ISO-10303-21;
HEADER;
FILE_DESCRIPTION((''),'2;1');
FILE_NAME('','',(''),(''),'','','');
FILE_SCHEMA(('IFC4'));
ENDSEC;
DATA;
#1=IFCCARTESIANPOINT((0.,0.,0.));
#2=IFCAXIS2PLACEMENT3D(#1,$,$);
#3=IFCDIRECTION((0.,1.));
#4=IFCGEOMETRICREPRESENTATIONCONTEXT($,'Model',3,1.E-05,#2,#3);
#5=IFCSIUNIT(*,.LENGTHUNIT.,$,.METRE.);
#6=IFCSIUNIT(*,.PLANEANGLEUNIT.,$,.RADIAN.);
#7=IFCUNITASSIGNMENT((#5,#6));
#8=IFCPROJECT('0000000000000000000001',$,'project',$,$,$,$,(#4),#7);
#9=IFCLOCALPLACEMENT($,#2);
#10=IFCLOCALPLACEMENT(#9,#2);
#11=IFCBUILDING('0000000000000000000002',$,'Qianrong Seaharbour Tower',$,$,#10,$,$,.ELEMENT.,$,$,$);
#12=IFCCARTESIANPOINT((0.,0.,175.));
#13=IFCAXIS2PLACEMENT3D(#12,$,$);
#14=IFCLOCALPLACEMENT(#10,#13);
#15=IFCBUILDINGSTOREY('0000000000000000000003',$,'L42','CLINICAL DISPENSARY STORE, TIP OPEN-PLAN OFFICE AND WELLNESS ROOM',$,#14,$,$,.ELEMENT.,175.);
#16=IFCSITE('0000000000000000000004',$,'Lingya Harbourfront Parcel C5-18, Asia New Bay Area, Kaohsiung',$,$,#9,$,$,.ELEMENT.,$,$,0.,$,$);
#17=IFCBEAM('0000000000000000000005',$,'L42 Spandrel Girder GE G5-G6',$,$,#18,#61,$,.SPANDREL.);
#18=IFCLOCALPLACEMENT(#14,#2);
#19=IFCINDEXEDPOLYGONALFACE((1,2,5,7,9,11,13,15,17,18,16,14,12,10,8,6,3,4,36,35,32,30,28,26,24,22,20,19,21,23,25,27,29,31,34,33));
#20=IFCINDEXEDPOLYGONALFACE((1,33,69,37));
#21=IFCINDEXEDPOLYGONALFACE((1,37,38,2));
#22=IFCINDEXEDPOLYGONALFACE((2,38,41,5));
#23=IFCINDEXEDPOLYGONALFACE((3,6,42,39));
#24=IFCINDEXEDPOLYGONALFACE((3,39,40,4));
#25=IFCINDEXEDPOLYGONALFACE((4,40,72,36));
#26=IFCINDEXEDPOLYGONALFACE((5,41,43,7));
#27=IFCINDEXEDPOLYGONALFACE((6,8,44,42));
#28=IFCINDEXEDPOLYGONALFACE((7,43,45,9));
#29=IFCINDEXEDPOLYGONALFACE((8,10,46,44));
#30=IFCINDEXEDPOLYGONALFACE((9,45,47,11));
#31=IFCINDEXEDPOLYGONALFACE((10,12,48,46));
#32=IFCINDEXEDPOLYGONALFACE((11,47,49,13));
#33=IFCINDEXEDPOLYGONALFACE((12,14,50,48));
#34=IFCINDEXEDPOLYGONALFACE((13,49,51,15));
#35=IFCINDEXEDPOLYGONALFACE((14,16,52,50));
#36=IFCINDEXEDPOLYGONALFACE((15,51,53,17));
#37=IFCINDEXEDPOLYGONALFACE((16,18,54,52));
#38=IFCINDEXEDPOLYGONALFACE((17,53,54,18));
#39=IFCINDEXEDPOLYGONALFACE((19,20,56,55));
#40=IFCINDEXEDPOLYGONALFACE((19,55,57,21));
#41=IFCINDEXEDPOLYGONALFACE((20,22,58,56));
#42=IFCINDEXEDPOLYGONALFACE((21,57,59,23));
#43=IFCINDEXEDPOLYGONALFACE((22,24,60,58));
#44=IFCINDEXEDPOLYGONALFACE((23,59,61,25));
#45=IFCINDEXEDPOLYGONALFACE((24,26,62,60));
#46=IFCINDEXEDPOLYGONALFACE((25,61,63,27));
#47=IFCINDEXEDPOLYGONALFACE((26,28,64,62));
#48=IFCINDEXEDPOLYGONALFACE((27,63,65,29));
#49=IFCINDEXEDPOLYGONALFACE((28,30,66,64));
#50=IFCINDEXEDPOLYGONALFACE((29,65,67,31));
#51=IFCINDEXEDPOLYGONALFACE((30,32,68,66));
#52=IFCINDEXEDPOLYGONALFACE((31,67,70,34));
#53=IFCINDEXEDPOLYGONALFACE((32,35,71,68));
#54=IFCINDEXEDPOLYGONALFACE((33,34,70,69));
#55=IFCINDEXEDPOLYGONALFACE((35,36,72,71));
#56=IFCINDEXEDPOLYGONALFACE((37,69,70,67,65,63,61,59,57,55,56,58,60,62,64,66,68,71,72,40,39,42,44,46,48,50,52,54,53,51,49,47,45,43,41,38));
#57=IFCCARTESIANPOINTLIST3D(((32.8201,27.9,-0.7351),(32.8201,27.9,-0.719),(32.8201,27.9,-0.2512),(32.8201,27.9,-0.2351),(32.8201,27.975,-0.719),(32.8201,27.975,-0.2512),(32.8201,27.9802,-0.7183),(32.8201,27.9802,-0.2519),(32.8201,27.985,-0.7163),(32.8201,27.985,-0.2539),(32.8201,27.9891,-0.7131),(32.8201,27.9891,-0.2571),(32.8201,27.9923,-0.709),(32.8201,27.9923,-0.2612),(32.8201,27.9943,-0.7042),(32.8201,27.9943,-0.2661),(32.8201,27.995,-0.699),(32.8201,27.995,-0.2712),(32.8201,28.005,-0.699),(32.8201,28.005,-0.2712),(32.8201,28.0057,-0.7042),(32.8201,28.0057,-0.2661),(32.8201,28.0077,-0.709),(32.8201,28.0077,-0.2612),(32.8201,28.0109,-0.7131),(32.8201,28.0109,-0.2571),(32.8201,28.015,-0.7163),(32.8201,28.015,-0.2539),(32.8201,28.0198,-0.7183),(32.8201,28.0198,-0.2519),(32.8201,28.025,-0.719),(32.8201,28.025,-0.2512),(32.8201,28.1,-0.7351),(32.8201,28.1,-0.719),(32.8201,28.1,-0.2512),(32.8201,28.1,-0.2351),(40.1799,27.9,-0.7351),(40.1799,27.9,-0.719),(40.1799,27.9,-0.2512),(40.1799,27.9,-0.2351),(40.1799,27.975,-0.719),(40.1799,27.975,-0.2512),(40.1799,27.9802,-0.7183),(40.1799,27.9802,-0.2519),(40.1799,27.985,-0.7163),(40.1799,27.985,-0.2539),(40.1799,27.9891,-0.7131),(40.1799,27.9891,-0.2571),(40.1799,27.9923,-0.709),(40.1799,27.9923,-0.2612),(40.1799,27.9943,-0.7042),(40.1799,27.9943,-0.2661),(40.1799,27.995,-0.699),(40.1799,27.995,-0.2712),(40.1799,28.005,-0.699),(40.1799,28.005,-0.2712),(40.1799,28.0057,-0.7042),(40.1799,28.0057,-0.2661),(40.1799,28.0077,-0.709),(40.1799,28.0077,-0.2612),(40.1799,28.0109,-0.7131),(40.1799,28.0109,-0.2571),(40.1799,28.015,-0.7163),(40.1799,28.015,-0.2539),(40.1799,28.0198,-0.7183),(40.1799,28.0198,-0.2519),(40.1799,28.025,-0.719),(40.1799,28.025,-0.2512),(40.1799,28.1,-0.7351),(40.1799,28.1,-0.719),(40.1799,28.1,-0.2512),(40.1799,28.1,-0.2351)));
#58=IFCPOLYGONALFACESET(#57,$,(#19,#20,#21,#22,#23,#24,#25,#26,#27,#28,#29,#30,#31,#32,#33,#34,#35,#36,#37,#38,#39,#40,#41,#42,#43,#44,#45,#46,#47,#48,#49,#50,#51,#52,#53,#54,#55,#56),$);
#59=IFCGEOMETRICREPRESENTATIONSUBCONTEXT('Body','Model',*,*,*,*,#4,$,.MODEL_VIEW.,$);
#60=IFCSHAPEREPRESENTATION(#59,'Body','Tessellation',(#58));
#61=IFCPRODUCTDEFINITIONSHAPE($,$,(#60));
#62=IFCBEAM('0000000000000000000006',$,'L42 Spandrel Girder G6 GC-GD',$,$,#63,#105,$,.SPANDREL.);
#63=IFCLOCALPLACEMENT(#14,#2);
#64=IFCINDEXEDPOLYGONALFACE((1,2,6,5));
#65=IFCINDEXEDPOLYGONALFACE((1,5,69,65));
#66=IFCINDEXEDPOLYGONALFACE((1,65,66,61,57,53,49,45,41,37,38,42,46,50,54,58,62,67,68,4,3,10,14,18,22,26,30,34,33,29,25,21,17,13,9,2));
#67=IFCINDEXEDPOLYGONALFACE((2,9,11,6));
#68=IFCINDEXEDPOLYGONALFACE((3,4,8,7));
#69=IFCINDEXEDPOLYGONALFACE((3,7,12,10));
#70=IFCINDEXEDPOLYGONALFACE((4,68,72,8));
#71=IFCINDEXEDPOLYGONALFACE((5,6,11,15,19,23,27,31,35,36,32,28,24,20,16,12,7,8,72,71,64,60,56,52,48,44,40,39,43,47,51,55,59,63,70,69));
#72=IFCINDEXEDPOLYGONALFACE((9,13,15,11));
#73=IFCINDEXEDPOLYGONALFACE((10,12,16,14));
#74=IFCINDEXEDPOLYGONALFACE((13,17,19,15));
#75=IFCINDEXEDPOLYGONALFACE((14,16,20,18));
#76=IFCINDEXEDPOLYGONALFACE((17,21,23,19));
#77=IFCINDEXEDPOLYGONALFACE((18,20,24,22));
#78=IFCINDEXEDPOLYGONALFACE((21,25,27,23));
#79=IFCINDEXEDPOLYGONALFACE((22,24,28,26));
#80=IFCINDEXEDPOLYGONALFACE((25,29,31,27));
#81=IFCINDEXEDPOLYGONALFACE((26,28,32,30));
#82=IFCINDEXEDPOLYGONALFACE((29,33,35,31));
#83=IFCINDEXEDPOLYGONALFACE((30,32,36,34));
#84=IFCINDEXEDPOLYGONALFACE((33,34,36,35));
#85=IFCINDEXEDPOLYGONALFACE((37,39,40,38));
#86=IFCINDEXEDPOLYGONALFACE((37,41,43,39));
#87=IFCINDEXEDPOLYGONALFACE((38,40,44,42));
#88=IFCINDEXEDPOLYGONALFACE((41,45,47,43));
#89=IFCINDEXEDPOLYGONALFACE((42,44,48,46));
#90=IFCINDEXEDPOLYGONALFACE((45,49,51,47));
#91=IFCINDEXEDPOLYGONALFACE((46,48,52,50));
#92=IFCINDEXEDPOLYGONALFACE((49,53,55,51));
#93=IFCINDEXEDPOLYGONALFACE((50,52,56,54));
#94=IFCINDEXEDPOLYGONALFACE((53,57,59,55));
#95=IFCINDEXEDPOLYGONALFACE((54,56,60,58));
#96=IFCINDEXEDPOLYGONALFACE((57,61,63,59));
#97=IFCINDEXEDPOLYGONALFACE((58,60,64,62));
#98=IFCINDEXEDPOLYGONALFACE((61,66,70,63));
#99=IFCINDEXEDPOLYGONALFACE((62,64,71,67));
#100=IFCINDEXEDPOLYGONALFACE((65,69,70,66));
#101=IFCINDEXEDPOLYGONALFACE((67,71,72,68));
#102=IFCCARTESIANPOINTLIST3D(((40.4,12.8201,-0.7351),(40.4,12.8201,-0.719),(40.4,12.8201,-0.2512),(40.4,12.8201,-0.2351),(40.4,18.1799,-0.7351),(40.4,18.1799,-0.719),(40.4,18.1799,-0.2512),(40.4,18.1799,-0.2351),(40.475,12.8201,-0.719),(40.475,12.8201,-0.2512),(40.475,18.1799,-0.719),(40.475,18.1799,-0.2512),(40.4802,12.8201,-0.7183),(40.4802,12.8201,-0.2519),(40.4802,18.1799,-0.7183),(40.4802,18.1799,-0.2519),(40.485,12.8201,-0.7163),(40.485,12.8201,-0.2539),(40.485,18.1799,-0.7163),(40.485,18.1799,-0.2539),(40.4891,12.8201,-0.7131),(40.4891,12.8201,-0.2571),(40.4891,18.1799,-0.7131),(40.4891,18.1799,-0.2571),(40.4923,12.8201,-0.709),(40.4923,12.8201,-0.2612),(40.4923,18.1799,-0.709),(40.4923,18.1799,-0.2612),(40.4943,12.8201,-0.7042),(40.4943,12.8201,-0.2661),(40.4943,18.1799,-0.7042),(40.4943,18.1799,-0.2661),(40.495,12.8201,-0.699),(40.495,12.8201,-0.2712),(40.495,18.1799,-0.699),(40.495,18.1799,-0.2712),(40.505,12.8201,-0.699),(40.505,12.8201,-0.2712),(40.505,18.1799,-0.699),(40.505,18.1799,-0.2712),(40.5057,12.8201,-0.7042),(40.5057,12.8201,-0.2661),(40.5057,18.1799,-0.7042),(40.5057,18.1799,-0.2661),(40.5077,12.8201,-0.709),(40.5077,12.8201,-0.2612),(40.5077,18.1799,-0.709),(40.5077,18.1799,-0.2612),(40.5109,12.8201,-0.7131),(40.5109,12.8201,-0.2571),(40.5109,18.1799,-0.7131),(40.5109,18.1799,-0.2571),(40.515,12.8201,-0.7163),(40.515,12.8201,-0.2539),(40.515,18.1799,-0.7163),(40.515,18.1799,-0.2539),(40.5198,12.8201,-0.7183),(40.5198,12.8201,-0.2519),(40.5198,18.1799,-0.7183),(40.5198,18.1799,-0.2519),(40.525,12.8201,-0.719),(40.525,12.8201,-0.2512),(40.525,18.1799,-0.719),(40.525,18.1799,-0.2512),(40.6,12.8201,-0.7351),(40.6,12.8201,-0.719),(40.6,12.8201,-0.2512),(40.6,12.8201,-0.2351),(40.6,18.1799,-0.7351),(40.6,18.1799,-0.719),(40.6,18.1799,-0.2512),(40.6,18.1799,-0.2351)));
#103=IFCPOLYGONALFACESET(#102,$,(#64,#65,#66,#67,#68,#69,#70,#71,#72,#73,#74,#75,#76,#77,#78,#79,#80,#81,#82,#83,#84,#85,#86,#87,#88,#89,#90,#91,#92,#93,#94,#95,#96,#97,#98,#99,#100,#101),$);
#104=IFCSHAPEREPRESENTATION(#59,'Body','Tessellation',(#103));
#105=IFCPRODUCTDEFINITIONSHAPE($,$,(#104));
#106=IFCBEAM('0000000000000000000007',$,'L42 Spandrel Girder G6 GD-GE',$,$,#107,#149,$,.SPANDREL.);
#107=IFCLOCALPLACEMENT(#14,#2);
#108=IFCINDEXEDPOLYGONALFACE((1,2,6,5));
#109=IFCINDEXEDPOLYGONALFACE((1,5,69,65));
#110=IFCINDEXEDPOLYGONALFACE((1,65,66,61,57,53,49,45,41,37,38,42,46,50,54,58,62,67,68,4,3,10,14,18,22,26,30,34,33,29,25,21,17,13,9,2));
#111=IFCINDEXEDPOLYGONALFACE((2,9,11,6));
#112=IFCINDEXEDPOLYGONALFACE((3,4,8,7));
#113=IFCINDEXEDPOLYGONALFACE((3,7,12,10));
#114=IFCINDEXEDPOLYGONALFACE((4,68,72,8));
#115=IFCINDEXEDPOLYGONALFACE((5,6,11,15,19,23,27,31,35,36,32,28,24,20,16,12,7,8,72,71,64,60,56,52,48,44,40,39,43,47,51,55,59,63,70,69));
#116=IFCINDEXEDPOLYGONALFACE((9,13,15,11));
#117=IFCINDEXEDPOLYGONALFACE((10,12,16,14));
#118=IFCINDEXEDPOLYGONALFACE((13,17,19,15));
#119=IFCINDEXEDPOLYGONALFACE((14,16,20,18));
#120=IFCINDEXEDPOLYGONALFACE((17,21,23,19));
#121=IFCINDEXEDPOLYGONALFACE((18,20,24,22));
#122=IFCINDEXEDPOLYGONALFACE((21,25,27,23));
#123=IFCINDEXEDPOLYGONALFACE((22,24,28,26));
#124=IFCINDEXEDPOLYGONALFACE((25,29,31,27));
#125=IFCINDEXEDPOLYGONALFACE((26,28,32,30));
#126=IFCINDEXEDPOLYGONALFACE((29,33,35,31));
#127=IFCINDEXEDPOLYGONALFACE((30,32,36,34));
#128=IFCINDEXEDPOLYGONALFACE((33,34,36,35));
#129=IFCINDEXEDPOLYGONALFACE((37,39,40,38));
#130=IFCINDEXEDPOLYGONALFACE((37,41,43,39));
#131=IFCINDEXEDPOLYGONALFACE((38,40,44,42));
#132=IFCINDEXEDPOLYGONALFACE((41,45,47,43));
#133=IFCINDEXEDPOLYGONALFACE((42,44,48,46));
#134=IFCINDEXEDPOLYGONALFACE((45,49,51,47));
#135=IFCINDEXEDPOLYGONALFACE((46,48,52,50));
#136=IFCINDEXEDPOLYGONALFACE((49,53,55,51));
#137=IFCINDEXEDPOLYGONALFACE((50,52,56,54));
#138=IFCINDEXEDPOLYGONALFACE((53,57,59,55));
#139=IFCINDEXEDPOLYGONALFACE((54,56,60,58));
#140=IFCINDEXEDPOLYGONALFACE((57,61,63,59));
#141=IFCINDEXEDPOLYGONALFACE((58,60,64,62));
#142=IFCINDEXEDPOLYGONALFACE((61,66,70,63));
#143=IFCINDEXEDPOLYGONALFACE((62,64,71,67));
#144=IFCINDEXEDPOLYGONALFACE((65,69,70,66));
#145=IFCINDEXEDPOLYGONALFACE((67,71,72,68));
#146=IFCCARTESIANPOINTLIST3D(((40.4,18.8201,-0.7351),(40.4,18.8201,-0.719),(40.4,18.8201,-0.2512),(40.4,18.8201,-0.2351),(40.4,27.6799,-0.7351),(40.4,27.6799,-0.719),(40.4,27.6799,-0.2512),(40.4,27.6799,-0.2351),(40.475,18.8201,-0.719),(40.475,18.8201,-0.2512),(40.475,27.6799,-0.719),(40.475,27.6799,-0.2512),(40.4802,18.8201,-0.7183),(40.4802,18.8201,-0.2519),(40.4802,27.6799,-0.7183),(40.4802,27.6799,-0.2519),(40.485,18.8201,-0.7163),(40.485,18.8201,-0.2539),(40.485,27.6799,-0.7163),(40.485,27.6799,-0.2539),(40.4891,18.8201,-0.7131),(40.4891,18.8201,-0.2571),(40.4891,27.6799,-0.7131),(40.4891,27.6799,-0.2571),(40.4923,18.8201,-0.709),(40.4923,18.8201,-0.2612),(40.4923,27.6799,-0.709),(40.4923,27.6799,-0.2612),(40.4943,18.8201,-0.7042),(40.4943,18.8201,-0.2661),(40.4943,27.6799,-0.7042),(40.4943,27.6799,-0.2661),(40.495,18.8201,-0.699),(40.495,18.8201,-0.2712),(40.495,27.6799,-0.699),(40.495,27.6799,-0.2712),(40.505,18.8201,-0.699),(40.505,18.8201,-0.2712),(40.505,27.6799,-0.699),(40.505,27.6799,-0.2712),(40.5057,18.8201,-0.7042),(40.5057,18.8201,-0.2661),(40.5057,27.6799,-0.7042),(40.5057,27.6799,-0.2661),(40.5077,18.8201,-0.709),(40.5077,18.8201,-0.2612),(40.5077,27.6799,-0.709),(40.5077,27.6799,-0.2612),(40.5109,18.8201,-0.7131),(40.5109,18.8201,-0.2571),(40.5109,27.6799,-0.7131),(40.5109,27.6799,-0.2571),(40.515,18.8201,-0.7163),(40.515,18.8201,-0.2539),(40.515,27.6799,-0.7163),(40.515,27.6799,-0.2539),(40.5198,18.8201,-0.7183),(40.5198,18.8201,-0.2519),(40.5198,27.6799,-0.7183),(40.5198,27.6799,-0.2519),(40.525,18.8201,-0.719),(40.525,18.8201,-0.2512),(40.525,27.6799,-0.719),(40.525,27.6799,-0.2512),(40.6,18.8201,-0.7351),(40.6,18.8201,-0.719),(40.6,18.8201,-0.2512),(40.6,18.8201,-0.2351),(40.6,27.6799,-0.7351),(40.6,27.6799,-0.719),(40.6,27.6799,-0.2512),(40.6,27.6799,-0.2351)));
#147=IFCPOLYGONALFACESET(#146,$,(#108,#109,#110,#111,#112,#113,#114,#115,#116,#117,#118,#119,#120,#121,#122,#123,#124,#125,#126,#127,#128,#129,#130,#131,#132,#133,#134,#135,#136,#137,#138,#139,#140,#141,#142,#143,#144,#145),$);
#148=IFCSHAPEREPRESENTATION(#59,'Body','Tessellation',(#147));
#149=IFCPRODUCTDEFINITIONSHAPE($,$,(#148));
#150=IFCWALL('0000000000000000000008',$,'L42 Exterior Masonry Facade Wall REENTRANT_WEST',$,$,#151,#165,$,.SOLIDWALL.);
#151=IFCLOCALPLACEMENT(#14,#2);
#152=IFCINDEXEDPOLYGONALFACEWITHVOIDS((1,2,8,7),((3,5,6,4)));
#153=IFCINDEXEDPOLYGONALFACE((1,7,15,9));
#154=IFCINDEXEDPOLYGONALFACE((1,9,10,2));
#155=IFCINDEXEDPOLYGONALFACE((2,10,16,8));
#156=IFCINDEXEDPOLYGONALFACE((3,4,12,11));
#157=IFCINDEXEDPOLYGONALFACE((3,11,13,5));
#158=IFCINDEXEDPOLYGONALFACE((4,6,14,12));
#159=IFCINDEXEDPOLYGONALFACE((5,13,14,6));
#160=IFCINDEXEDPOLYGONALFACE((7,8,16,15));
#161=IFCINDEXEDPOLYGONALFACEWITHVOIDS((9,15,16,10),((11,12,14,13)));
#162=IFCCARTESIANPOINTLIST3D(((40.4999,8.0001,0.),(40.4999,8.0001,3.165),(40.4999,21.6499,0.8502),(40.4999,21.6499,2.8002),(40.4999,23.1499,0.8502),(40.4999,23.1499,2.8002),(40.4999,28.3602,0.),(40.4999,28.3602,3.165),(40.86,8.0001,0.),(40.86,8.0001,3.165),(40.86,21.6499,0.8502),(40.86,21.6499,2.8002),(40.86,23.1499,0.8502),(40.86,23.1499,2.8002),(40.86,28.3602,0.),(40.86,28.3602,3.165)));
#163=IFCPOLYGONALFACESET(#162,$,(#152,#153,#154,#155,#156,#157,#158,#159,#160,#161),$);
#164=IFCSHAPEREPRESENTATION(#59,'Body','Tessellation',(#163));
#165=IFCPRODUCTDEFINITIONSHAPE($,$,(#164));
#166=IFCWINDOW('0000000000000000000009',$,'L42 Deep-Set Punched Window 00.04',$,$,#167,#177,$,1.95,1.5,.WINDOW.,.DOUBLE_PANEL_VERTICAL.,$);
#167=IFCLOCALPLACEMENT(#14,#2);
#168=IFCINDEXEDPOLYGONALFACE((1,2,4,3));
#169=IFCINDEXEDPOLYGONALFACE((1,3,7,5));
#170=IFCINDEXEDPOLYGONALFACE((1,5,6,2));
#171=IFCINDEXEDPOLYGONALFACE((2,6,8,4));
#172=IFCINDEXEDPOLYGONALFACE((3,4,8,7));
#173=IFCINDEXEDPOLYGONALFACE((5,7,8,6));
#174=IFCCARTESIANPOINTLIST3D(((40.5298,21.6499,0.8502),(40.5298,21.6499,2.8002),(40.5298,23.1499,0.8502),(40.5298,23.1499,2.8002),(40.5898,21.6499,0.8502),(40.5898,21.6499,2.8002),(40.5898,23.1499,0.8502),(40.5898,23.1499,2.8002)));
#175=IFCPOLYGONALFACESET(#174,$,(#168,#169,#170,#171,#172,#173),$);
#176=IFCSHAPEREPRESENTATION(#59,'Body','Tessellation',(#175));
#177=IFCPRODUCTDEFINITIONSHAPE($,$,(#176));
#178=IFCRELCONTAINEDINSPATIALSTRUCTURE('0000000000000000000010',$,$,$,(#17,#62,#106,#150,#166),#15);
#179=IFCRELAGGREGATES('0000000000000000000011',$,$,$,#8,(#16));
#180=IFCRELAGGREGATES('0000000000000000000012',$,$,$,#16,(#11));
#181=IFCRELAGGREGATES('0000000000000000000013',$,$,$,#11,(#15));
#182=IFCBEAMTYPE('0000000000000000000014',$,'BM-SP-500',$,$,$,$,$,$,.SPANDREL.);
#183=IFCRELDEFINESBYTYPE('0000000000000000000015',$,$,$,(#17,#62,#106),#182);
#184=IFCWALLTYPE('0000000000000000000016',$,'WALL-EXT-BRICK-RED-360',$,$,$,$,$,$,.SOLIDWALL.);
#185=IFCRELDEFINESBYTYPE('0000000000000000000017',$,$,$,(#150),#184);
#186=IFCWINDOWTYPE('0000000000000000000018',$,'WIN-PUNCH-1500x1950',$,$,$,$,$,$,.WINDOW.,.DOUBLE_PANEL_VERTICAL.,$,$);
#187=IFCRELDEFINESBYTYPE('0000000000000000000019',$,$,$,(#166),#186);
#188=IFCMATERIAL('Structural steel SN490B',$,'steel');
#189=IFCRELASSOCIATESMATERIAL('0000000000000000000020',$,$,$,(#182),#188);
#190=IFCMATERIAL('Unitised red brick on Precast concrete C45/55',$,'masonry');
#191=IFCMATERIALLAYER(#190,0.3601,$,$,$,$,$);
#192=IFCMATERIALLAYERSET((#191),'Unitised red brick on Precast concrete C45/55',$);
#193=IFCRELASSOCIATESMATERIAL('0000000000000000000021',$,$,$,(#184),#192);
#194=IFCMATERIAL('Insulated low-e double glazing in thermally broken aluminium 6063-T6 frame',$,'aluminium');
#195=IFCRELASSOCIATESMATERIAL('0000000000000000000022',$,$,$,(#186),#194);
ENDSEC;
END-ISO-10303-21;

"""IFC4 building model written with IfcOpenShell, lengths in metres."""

from ifc_helpers import new_model, si_unit, direction, frame, frame_2d, origin, origin_2d, place, context, subcontext, project, spatial, rectangle, i_section, extrude, material, layer, layer_set, material_profile, profile_set, type_object, element, fill, save


model = new_model("IFC4")

# Units and contexts
model_context = context("Model", 3, precision=1e-05, world=origin(), true_north=direction((0.0, 1.0)))
body_context = subcontext(model_context, "Body", "Model", "MODEL_VIEW")
ifc_project = project(units=[si_unit("LENGTHUNIT", "METRE"), si_unit("PLANEANGLEUNIT", "RADIAN")], contexts=[model_context])

# Site, building, storey
site_placement = place(None, origin())
site = spatial("IfcSite", under=ifc_project, at=site_placement, Name="Lingya Harbourfront Parcel C5-18, Asia New Bay Area, Kaohsiung", CompositionType="ELEMENT", RefElevation=0.0)
building_placement = place(site_placement, origin())
building = spatial("IfcBuilding", under=site, at=building_placement, Name="Qianrong Seaharbour Tower", CompositionType="ELEMENT")
storey_placement = place(building_placement, frame((0.0, 0.0, 175.0)))
storey = spatial("IfcBuildingStorey", under=building, at=storey_placement, Name="L42", Description="CLINICAL DISPENSARY STORE, TIP OPEN-PLAN OFFICE AND WELLNESS ROOM", CompositionType="ELEMENT", Elevation=175.0)

# Shared definitions
ifc_material_1 = material(Name="Structural steel SN490B", Category="steel")

# Beams
ifc_material_profile_1 = material_profile(ifc_material_1, i_section(OverallWidth=0.2, OverallDepth=0.5, WebThickness=0.01, FlangeThickness=0.0161, FilletRadius=0.02, at=origin_2d()), Name="H500x200x10x16")
ifc_profile_set_1 = profile_set([ifc_material_profile_1], Name="Structural steel SN490B")
beam_type_1 = type_object("IfcBeamType", Name="BM-SP-500", PredefinedType="SPANDREL", material=ifc_profile_set_1)
for number, where, z_axis, x_axis, name in (
    (1, (32.8201, 28.0, -0.4851), (1.0, 0.0, 0.0), (0.0, 1.0, 0.0), "L42 Spandrel Girder GE G5-G6"),
):
    element("IfcBeam", number, at=place(storey_placement, frame(where, z_axis=z_axis, x_axis=x_axis)), inside=storey, type_object=beam_type_1, Name=name, PredefinedType="SPANDREL", context=body_context, shape_type="SweptSolid", body=[
        extrude(i_section(OverallWidth=0.2, OverallDepth=0.5, WebThickness=0.01, FlangeThickness=0.0161, FilletRadius=0.02, at=origin_2d()), origin(), (0.0, 0.0, 1.0), 7.3599),
    ])
beam_1_placement = place(storey_placement, frame((40.5, 12.8201, -0.4851), z_axis=(0.0, 1.0, 0.0), x_axis=(-1.0, 0.0, 0.0)))
element("IfcBeam", 2, at=beam_1_placement, inside=storey, type_object=beam_type_1, Name="L42 Spandrel Girder G6 GC-GD", PredefinedType="SPANDREL", context=body_context, shape_type="SweptSolid", body=[
    extrude(i_section(OverallWidth=0.2, OverallDepth=0.5, WebThickness=0.01, FlangeThickness=0.0161, FilletRadius=0.02, at=origin_2d()), origin(), (0.0, 0.0, 1.0), 5.3599),
])
beam_2_placement = place(storey_placement, frame((40.5, 18.8201, -0.4851), z_axis=(0.0, 1.0, 0.0), x_axis=(-1.0, 0.0, 0.0)))
element("IfcBeam", 3, at=beam_2_placement, inside=storey, type_object=beam_type_1, Name="L42 Spandrel Girder G6 GD-GE", PredefinedType="SPANDREL", context=body_context, shape_type="SweptSolid", body=[
    extrude(i_section(OverallWidth=0.2, OverallDepth=0.5, WebThickness=0.01, FlangeThickness=0.0161, FilletRadius=0.02, at=origin_2d()), origin(), (0.0, 0.0, 1.0), 8.8599),
])

# Wall, opening, window
ifc_material_2 = material(Name="Unitised red brick on Precast concrete C45/55", Category="masonry")
ifc_layer = layer(ifc_material_2, 0.3601)
ifc_layer_set = layer_set([ifc_layer], Name="Unitised red brick on Precast concrete C45/55")
wall_type = type_object("IfcWallType", Name="WALL-EXT-BRICK-RED-360", PredefinedType="SOLIDWALL", material=ifc_layer_set)
wall_placement = place(storey_placement, frame((40.6799, 8.0, 0.0), z_axis=(0.0, 0.0, 1.0), x_axis=(0.0, 1.0, 0.0)))
wall = element("IfcWall", 4, at=wall_placement, inside=storey, type_object=wall_type, Name="L42 Exterior Masonry Facade Wall REENTRANT_WEST", PredefinedType="SOLIDWALL", context=body_context, shape_type="SweptSolid", body=[
    extrude(rectangle(XDim=20.3601, YDim=0.3601, at=frame_2d((10.1802, 0.0))), origin(), (0.0, 0.0, 1.0), 3.165),
])
opening_placement = place(wall_placement, frame((13.6499, 0.0, 0.8501)))
opening = element("IfcOpeningElement", 5, at=opening_placement, cuts=wall, PredefinedType="OPENING", context=body_context, shape_type="SweptSolid", body=[
    extrude(rectangle(XDim=1.5, YDim=1.95, at=frame_2d((0.75, 0.9751))), frame((0.0, 0.1899, 0.0), z_axis=(0.0, -1.0, 0.0), x_axis=(1.0, 0.0, 0.0)), (0.0, 0.0, 1.0), 0.3801),
])
ifc_material_3 = material(Name="Insulated low-e double glazing in thermally broken aluminium 6063-T6 frame", Category="aluminium")
window_type = type_object("IfcWindowType", Name="WIN-PUNCH-1500x1950", PartitioningType="DOUBLE_PANEL_VERTICAL", PredefinedType="WINDOW", material=ifc_material_3)
window_placement = place(opening_placement, origin())
window = element("IfcWindow", 6, at=window_placement, inside=storey, type_object=window_type, Name="L42 Deep-Set Punched Window 00.04", OverallHeight=1.95, OverallWidth=1.5, PartitioningType="DOUBLE_PANEL_VERTICAL", PredefinedType="WINDOW", context=body_context, shape_type="SweptSolid", body=[
    extrude(rectangle(XDim=1.5, YDim=1.95, at=frame_2d((0.75, 0.9751))), frame((0.0, 0.1501, 0.0), z_axis=(0.0, -1.0, 0.0), x_axis=(1.0, 0.0, 0.0)), (0.0, 0.0, 1.0), 0.0601),
])
fill(opening, window)

save(model, "model.ifc")
